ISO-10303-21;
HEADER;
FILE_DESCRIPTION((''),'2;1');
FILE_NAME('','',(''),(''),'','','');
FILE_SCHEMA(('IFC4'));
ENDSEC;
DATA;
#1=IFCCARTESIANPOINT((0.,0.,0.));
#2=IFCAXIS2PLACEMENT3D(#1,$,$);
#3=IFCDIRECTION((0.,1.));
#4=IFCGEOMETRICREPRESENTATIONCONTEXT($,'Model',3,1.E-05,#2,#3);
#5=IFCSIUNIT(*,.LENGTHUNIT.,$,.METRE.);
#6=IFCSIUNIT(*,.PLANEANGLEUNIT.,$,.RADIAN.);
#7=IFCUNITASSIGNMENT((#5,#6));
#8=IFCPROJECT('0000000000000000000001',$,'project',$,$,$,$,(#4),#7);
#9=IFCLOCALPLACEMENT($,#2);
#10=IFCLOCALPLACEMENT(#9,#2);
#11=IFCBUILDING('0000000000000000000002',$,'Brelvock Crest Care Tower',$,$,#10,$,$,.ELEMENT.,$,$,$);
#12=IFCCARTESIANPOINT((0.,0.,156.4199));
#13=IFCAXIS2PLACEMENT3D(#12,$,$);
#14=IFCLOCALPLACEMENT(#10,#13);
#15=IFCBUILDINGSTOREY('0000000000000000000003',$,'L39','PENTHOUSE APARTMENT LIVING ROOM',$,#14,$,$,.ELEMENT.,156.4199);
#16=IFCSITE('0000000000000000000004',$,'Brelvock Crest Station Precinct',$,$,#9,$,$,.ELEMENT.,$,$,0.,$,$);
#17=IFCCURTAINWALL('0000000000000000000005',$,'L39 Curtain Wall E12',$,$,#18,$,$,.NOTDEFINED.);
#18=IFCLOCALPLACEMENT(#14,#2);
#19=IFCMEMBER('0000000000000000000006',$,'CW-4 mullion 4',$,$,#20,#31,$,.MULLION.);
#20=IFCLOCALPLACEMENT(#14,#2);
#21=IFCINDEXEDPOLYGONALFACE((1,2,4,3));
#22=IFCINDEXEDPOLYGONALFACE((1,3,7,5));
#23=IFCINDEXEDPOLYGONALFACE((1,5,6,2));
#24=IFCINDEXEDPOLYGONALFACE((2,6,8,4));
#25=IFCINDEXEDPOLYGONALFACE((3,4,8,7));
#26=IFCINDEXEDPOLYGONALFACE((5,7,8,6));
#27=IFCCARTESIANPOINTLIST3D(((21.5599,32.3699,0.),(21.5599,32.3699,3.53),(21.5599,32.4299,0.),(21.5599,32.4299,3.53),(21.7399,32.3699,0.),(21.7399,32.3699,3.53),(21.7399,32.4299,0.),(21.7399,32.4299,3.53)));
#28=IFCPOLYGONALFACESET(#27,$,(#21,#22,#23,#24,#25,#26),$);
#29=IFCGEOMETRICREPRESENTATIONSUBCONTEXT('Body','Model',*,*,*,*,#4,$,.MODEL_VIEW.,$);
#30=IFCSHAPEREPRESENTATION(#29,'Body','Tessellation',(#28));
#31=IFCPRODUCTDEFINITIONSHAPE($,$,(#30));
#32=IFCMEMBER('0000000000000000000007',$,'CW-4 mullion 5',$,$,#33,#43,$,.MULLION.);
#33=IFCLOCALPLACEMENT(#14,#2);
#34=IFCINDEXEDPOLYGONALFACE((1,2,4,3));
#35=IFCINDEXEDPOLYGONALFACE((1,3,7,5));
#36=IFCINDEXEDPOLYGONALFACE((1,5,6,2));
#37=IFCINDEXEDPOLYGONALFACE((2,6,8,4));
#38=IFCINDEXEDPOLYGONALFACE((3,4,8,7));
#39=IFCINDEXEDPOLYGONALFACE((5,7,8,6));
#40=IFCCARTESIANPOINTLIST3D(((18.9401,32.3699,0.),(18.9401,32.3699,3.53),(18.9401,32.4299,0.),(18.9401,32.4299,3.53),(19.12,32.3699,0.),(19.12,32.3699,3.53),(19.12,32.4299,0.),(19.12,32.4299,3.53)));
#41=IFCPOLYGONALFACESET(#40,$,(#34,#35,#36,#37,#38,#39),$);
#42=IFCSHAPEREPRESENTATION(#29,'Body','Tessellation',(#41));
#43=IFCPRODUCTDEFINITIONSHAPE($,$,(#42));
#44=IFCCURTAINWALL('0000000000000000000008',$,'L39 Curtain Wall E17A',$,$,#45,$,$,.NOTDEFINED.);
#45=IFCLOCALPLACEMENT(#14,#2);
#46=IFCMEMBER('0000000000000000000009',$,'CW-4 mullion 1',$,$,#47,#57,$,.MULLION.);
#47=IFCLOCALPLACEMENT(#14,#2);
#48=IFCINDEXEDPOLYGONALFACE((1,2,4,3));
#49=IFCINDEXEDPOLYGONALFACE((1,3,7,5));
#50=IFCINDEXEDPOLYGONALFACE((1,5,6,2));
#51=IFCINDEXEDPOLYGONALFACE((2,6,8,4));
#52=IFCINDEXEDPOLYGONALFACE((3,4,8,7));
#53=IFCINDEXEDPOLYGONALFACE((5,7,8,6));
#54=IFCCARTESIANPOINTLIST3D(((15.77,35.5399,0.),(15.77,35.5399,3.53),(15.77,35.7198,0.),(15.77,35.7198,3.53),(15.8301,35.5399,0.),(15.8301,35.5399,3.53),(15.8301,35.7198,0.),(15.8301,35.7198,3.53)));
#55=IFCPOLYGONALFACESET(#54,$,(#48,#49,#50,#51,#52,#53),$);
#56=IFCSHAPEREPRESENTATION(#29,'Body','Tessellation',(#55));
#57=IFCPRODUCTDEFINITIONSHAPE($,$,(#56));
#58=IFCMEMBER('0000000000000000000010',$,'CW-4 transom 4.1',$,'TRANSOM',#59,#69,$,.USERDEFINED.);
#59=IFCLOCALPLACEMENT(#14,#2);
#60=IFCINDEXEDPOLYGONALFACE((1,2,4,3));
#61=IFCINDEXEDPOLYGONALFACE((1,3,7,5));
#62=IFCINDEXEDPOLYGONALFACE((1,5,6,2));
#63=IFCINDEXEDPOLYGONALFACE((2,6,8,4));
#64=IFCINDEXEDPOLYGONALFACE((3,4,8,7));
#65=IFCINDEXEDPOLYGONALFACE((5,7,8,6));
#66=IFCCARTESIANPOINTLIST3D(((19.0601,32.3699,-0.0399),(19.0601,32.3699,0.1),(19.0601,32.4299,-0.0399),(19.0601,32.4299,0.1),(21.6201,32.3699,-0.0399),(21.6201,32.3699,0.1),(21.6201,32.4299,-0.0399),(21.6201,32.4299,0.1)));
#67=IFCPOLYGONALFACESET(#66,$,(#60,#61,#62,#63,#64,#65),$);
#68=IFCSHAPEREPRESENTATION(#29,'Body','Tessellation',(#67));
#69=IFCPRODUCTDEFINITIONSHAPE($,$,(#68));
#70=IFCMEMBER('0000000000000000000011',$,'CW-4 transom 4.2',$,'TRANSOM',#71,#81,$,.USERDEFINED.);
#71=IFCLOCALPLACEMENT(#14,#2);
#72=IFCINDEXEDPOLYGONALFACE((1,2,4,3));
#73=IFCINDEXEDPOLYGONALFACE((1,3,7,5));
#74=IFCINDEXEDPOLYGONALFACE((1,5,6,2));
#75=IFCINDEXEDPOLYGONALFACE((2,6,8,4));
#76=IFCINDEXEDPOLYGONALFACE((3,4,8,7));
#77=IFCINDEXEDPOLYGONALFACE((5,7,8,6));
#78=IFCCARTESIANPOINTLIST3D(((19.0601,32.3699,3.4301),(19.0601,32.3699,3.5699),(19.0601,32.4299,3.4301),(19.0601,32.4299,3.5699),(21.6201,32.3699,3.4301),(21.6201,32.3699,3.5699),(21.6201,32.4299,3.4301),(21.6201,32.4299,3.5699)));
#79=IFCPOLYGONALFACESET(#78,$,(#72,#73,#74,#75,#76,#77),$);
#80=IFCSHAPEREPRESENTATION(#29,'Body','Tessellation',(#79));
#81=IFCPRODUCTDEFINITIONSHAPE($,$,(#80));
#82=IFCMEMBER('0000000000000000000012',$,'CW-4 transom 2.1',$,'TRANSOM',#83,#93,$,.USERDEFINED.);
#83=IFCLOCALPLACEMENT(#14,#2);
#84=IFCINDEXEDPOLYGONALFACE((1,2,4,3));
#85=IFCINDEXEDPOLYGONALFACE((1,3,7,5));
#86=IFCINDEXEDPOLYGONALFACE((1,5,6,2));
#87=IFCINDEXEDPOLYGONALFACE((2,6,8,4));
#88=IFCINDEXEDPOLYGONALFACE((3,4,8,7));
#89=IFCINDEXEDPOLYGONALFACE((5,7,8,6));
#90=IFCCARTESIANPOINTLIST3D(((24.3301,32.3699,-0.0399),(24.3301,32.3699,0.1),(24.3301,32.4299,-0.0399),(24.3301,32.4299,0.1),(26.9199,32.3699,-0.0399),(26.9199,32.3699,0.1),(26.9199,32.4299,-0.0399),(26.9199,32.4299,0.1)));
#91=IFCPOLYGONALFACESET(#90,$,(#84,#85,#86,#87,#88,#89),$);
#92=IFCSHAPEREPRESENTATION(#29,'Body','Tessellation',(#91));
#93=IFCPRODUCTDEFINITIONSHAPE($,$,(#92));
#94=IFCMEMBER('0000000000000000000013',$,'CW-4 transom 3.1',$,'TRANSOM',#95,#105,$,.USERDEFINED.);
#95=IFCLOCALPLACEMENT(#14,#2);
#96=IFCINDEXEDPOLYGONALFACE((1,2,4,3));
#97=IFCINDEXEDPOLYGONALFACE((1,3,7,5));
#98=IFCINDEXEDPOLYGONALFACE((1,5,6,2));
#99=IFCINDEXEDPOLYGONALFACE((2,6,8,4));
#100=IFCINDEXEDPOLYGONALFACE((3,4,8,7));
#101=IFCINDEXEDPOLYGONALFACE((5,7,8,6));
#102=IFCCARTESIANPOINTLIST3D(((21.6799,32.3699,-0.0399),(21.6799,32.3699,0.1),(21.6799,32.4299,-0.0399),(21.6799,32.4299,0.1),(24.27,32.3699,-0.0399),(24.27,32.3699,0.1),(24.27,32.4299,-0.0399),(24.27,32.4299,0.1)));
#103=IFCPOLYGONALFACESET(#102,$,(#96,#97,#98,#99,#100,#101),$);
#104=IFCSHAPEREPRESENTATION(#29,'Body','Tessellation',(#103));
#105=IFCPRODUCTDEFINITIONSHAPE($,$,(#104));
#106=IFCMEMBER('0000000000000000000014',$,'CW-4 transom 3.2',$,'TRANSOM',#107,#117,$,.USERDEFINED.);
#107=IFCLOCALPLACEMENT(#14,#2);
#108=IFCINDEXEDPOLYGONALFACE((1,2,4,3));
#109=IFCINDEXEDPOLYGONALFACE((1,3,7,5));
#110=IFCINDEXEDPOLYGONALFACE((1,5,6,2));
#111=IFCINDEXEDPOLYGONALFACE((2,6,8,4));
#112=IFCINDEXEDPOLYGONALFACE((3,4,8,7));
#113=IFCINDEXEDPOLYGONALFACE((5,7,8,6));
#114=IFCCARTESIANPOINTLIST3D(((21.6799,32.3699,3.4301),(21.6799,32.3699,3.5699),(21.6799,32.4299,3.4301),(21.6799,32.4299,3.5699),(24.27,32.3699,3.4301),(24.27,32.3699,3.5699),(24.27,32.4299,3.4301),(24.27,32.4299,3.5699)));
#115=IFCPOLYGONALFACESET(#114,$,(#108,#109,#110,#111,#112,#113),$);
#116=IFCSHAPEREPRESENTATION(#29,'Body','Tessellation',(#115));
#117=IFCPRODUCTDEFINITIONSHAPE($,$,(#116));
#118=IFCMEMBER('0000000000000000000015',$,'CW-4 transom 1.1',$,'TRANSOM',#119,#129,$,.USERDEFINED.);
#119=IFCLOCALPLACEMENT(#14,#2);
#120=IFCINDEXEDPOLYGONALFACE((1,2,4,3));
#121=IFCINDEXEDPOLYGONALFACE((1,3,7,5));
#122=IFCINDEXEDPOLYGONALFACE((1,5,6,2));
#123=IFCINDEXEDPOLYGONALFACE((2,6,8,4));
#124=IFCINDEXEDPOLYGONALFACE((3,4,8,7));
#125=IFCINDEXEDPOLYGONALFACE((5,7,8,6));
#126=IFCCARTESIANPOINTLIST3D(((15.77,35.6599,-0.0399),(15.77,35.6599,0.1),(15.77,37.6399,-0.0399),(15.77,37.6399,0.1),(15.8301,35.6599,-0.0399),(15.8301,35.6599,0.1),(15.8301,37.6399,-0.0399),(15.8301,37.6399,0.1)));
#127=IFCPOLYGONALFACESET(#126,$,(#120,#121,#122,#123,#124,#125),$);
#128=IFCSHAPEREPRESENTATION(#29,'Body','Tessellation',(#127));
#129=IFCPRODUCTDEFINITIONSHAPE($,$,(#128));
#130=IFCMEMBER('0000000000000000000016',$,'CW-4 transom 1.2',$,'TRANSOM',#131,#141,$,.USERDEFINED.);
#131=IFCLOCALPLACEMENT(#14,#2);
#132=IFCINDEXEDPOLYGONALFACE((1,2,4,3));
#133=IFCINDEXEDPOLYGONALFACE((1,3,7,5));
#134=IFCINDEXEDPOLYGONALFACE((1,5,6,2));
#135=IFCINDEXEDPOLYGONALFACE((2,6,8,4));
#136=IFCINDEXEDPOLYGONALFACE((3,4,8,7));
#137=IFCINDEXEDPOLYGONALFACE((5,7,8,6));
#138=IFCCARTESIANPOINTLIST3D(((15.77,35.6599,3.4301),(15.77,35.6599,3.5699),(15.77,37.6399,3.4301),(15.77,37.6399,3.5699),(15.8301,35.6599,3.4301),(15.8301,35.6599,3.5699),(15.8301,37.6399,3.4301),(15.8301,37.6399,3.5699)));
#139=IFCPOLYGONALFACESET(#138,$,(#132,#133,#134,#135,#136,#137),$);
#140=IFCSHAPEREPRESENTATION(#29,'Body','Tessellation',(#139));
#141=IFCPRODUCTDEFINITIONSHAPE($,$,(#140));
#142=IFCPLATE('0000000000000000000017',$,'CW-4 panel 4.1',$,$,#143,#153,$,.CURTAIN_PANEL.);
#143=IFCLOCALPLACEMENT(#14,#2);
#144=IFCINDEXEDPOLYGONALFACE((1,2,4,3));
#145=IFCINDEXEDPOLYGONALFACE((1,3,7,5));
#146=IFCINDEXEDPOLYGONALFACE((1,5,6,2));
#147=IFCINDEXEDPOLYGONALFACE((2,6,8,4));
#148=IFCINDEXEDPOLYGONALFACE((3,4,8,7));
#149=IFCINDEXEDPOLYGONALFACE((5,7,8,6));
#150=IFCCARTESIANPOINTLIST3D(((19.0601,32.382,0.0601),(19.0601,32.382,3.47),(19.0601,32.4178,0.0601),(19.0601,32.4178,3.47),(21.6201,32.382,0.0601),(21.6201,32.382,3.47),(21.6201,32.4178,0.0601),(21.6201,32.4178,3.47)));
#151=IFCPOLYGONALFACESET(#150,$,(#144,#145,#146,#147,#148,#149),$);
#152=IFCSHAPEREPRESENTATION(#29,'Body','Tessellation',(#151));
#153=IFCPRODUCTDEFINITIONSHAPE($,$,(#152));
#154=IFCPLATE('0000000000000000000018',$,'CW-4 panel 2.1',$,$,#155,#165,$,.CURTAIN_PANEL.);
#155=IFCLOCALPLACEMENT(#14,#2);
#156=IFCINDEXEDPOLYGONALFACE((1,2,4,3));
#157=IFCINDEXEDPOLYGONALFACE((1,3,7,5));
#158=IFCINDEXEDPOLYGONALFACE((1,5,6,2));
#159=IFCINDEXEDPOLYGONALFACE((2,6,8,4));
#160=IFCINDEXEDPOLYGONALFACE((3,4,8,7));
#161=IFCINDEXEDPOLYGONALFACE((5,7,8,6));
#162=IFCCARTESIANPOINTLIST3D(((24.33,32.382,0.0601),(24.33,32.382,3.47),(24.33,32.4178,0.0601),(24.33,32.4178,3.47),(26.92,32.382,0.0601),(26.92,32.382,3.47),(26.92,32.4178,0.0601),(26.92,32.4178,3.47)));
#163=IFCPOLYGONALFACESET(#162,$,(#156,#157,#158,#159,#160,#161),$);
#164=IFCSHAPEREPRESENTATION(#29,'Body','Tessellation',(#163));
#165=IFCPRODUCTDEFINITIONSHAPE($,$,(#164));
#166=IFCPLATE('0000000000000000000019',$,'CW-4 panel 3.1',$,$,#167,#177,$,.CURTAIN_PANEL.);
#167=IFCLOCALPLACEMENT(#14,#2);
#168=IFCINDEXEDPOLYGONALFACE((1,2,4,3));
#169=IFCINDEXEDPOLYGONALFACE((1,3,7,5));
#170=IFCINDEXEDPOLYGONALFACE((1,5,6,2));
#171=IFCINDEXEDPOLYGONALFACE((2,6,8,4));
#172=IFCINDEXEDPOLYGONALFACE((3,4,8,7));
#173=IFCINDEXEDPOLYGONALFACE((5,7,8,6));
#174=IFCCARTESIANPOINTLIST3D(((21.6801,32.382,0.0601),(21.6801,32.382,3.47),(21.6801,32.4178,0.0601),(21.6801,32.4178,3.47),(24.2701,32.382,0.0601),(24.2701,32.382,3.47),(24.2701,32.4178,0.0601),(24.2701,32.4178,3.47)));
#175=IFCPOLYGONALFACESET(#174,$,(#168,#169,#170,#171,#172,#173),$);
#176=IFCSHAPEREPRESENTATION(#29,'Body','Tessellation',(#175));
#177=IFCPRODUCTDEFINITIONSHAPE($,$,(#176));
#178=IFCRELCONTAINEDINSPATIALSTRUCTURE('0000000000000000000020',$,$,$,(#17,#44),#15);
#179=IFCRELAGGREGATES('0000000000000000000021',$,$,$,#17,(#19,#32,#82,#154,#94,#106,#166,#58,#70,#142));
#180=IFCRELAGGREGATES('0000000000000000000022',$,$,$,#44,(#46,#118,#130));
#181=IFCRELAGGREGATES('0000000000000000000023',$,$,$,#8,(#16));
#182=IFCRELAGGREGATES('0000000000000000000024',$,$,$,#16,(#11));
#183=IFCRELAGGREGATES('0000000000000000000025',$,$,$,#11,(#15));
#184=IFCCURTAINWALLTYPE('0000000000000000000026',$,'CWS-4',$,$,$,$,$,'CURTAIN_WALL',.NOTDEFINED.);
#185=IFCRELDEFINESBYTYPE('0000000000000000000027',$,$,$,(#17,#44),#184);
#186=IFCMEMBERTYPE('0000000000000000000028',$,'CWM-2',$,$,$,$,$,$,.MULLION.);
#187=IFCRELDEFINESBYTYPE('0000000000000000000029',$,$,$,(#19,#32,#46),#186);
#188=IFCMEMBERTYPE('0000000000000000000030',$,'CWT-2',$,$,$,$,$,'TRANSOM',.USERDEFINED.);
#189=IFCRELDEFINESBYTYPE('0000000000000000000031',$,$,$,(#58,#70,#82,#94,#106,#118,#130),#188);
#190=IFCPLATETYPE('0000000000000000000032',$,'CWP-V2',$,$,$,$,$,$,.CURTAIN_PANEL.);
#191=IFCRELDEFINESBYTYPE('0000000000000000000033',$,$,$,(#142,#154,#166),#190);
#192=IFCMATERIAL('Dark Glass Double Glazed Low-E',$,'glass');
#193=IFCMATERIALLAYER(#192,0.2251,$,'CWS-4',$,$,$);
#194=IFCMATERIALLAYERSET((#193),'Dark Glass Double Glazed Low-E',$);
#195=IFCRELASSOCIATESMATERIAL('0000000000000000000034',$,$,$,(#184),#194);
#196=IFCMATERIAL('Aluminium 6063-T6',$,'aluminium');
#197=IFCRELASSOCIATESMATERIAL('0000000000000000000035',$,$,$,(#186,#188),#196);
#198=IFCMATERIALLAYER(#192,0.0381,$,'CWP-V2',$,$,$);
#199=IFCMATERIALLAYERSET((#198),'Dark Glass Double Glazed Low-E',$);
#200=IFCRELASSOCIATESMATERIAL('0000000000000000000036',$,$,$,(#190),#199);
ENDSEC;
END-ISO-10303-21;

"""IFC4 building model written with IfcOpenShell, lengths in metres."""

from ifc_helpers import new_model, si_unit, direction, frame, origin, origin_2d, place, context, subcontext, project, spatial, rectangle, extrude, source, transform, mapped, material, layer, layer_set, material_profile, profile_set, type_object, element, aggregate, save


model = new_model("IFC4")

# Units and contexts
model_context = context("Model", 3, precision=1e-05, world=origin(), true_north=direction((0.0, 1.0)))
body_context = subcontext(model_context, "Body", "Model", "MODEL_VIEW")
ifc_project = project(units=[si_unit("LENGTHUNIT", "METRE"), si_unit("PLANEANGLEUNIT", "RADIAN")], contexts=[model_context])

# Site, building, storey
site_placement = place(None, origin())
site = spatial("IfcSite", under=ifc_project, at=site_placement, Name="Brelvock Crest Station Precinct", CompositionType="ELEMENT", RefElevation=0.0)
building_placement = place(site_placement, origin())
building = spatial("IfcBuilding", under=site, at=building_placement, Name="Brelvock Crest Care Tower", CompositionType="ELEMENT")
storey_placement = place(building_placement, frame((0.0, 0.0, 156.4199)))
storey = spatial("IfcBuildingStorey", under=building, at=storey_placement, Name="L39", Description="PENTHOUSE APARTMENT LIVING ROOM", CompositionType="ELEMENT", Elevation=156.4199)

# Curtain wall, members
ifc_material_1 = material(Name="Dark Glass Double Glazed Low-E", Category="glass")
ifc_layer_1 = layer(ifc_material_1, 0.2251, Name="CWS-4")
ifc_layer_set_1 = layer_set([ifc_layer_1], Name="Dark Glass Double Glazed Low-E")
curtain_wall_type = type_object("IfcCurtainWallType", Name="CWS-4", ElementType="CURTAIN_WALL", PredefinedType="NOTDEFINED", material=ifc_layer_set_1)
curtain_wall_1_placement = place(storey_placement, origin())
curtain_wall_1 = element("IfcCurtainWall", 1, at=curtain_wall_1_placement, inside=storey, type_object=curtain_wall_type, Name="L39 Curtain Wall E12", PredefinedType="NOTDEFINED")
ifc_material_2 = material(Name="Aluminium 6063-T6", Category="aluminium")
ifc_material_profile_1 = material_profile(ifc_material_2, rectangle(XDim=0.0601, YDim=0.1799, at=origin_2d()), Name="ALU60x180")
ifc_profile_set_1 = profile_set([ifc_material_profile_1], Name="Aluminium 6063-T6")
member_type_1 = type_object("IfcMemberType", Name="CWM-2", PredefinedType="MULLION", material=ifc_profile_set_1)
shared_shape_1 = source(origin(), body_context, "Body", "SweptSolid", [
    extrude(rectangle(XDim=0.0601, YDim=0.1799, at=origin_2d()), origin(), (0.0, 0.0, 1.0), 3.53),
])
member_1_placement = place(storey_placement, frame((21.6499, 32.3999, 0.0), z_axis=(0.0, 0.0, 1.0), x_axis=(0.0, -1.0, 0.0)))
member_1 = element("IfcMember", 2, at=member_1_placement, type_object=member_type_1, Name="CW-4 mullion 4", PredefinedType="MULLION", context=body_context, shape_type="MappedRepresentation", body=[
    mapped(shared_shape_1, transform((0.0, 0.0, 0.0), x_axis=(1.0, 0.0, 0.0), y_axis=(0.0, 1.0, 0.0), z_axis=(0.0, 0.0, 1.0), scale=1.0)),
])
member_2_placement = place(storey_placement, frame((19.03, 32.3999, 0.0), z_axis=(0.0, 0.0, 1.0), x_axis=(0.0, -1.0, 0.0)))
member_2 = element("IfcMember", 3, at=member_2_placement, type_object=member_type_1, Name="CW-4 mullion 5", PredefinedType="MULLION", context=body_context, shape_type="MappedRepresentation", body=[
    mapped(shared_shape_1, transform((0.0, 0.0, 0.0), x_axis=(1.0, 0.0, 0.0), y_axis=(0.0, 1.0, 0.0), z_axis=(0.0, 0.0, 1.0), scale=1.0)),
])

# Curtain wall, member
curtain_wall_2_placement = place(storey_placement, origin())
curtain_wall_2 = element("IfcCurtainWall", 4, at=curtain_wall_2_placement, inside=storey, type_object=curtain_wall_type, Name="L39 Curtain Wall E17A", PredefinedType="NOTDEFINED")
member_3_placement = place(storey_placement, frame((15.8, 35.6299, 0.0), z_axis=(0.0, 0.0, 1.0), x_axis=(-1.0, 0.0, 0.0)))
member_3 = element("IfcMember", 5, at=member_3_placement, type_object=member_type_1, Name="CW-4 mullion 1", PredefinedType="MULLION", context=body_context, shape_type="MappedRepresentation", body=[
    mapped(shared_shape_1, transform((0.0, 0.0, 0.0), x_axis=(1.0, 0.0, 0.0), y_axis=(0.0, 1.0, 0.0), z_axis=(0.0, 0.0, 1.0), scale=1.0)),
])

# Members
ifc_material_profile_2 = material_profile(ifc_material_2, rectangle(XDim=0.0601, YDim=0.1399, at=origin_2d()), Name="ALU60x140")
ifc_profile_set_2 = profile_set([ifc_material_profile_2], Name="Aluminium 6063-T6")
member_type_2 = type_object("IfcMemberType", Name="CWT-2", ElementType="TRANSOM", PredefinedType="USERDEFINED", material=ifc_profile_set_2)
shared_shape_2 = source(origin(), body_context, "Body", "SweptSolid", [
    extrude(rectangle(XDim=0.0601, YDim=0.1399, at=origin_2d()), origin(), (0.0, 0.0, 1.0), 2.5601),
])
member_4_placement = place(storey_placement, frame((21.6201, 32.3999, 0.03), z_axis=(-1.0, 0.0, 0.0), x_axis=(0.0, -1.0, 0.0)))
member_4 = element("IfcMember", 6, at=member_4_placement, type_object=member_type_2, Name="CW-4 transom 4.1", ObjectType="TRANSOM", PredefinedType="USERDEFINED", context=body_context, shape_type="MappedRepresentation", body=[
    mapped(shared_shape_2, transform((0.0, 0.0, 0.0), x_axis=(1.0, 0.0, 0.0), y_axis=(0.0, 1.0, 0.0), z_axis=(0.0, 0.0, 1.0), scale=1.0)),
])
member_5_placement = place(storey_placement, frame((21.6201, 32.3999, 3.5), z_axis=(-1.0, 0.0, 0.0), x_axis=(0.0, -1.0, 0.0)))
member_5 = element("IfcMember", 7, at=member_5_placement, type_object=member_type_2, Name="CW-4 transom 4.2", ObjectType="TRANSOM", PredefinedType="USERDEFINED", context=body_context, shape_type="MappedRepresentation", body=[
    mapped(shared_shape_2, transform((0.0, 0.0, 0.0), x_axis=(1.0, 0.0, 0.0), y_axis=(0.0, 1.0, 0.0), z_axis=(0.0, 0.0, 1.0), scale=1.0)),
])
shared_shape_3 = source(origin(), body_context, "Body", "SweptSolid", [
    extrude(rectangle(XDim=0.0601, YDim=0.1399, at=origin_2d()), origin(), (0.0, 0.0, 1.0), 2.5898),
])
member_6_placement = place(storey_placement, frame((26.9199, 32.3999, 0.03), z_axis=(-1.0, 0.0, 0.0), x_axis=(0.0, -1.0, 0.0)))
member_6 = element("IfcMember", 8, at=member_6_placement, type_object=member_type_2, Name="CW-4 transom 2.1", ObjectType="TRANSOM", PredefinedType="USERDEFINED", context=body_context, shape_type="MappedRepresentation", body=[
    mapped(shared_shape_3, transform((0.0, 0.0, 0.0), x_axis=(1.0, 0.0, 0.0), y_axis=(0.0, 1.0, 0.0), z_axis=(0.0, 0.0, 1.0), scale=1.0)),
])
shared_shape_4 = source(origin(), body_context, "Body", "SweptSolid", [
    extrude(rectangle(XDim=0.0601, YDim=0.1399, at=origin_2d()), origin(), (0.0, 0.0, 1.0), 2.5901),
])
member_7_placement = place(storey_placement, frame((24.27, 32.3999, 0.03), z_axis=(-1.0, 0.0, 0.0), x_axis=(0.0, -1.0, 0.0)))
member_7 = element("IfcMember", 9, at=member_7_placement, type_object=member_type_2, Name="CW-4 transom 3.1", ObjectType="TRANSOM", PredefinedType="USERDEFINED", context=body_context, shape_type="MappedRepresentation", body=[
    mapped(shared_shape_4, transform((0.0, 0.0, 0.0), x_axis=(1.0, 0.0, 0.0), y_axis=(0.0, 1.0, 0.0), z_axis=(0.0, 0.0, 1.0), scale=1.0)),
])
member_8_placement = place(storey_placement, frame((24.27, 32.3999, 3.5), z_axis=(-1.0, 0.0, 0.0), x_axis=(0.0, -1.0, 0.0)))
member_8 = element("IfcMember", 10, at=member_8_placement, type_object=member_type_2, Name="CW-4 transom 3.2", ObjectType="TRANSOM", PredefinedType="USERDEFINED", context=body_context, shape_type="MappedRepresentation", body=[
    mapped(shared_shape_4, transform((0.0, 0.0, 0.0), x_axis=(1.0, 0.0, 0.0), y_axis=(0.0, 1.0, 0.0), z_axis=(0.0, 0.0, 1.0), scale=1.0)),
])
shared_shape_5 = source(origin(), body_context, "Body", "SweptSolid", [
    extrude(rectangle(XDim=0.0601, YDim=0.1399, at=origin_2d()), origin(), (0.0, 0.0, 1.0), 1.98),
])
member_9_placement = place(storey_placement, frame((15.8, 35.6599, 0.03), z_axis=(0.0, 1.0, 0.0), x_axis=(-1.0, 0.0, 0.0)))
member_9 = element("IfcMember", 11, at=member_9_placement, type_object=member_type_2, Name="CW-4 transom 1.1", ObjectType="TRANSOM", PredefinedType="USERDEFINED", context=body_context, shape_type="MappedRepresentation", body=[
    mapped(shared_shape_5, transform((0.0, 0.0, 0.0), x_axis=(1.0, 0.0, 0.0), y_axis=(0.0, 1.0, 0.0), z_axis=(0.0, 0.0, 1.0), scale=1.0)),
])
member_10_placement = place(storey_placement, frame((15.8, 35.6599, 3.5), z_axis=(0.0, 1.0, 0.0), x_axis=(-1.0, 0.0, 0.0)))
member_10 = element("IfcMember", 12, at=member_10_placement, type_object=member_type_2, Name="CW-4 transom 1.2", ObjectType="TRANSOM", PredefinedType="USERDEFINED", context=body_context, shape_type="MappedRepresentation", body=[
    mapped(shared_shape_5, transform((0.0, 0.0, 0.0), x_axis=(1.0, 0.0, 0.0), y_axis=(0.0, 1.0, 0.0), z_axis=(0.0, 0.0, 1.0), scale=1.0)),
])

# Plates
ifc_layer_2 = layer(ifc_material_1, 0.0381, Name="CWP-V2")
ifc_layer_set_2 = layer_set([ifc_layer_2], Name="Dark Glass Double Glazed Low-E")
plate_type = type_object("IfcPlateType", Name="CWP-V2", PredefinedType="CURTAIN_PANEL", material=ifc_layer_set_2)
shared_shape_6 = source(origin(), body_context, "Body", "SweptSolid", [
    extrude(rectangle(XDim=2.5601, YDim=0.0359, at=origin_2d()), origin(), (0.0, 0.0, 1.0), 3.4099),
])
plate_1_placement = place(storey_placement, frame((20.3401, 32.3999, 0.0601), z_axis=(0.0, 0.0, 1.0), x_axis=(-1.0, 0.0, 0.0)))
plate_1 = element("IfcPlate", 13, at=plate_1_placement, type_object=plate_type, Name="CW-4 panel 4.1", PredefinedType="CURTAIN_PANEL", context=body_context, shape_type="MappedRepresentation", body=[
    mapped(shared_shape_6, transform((0.0, 0.0, 0.0), x_axis=(1.0, 0.0, 0.0), y_axis=(0.0, 1.0, 0.0), z_axis=(0.0, 0.0, 1.0), scale=1.0)),
])
shared_shape_7 = source(origin(), body_context, "Body", "SweptSolid", [
    extrude(rectangle(XDim=2.5901, YDim=0.0359, at=origin_2d()), origin(), (0.0, 0.0, 1.0), 3.4099),
])
plate_2_placement = place(storey_placement, frame((25.625, 32.3999, 0.0601), z_axis=(0.0, 0.0, 1.0), x_axis=(-1.0, 0.0, 0.0)))
plate_2 = element("IfcPlate", 14, at=plate_2_placement, type_object=plate_type, Name="CW-4 panel 2.1", PredefinedType="CURTAIN_PANEL", context=body_context, shape_type="MappedRepresentation", body=[
    mapped(shared_shape_7, transform((0.0, 0.0, 0.0), x_axis=(1.0, 0.0, 0.0), y_axis=(0.0, 1.0, 0.0), z_axis=(0.0, 0.0, 1.0), scale=1.0)),
])
plate_3_placement = place(storey_placement, frame((22.9751, 32.3999, 0.0601), z_axis=(0.0, 0.0, 1.0), x_axis=(-1.0, 0.0, 0.0)))
plate_3 = element("IfcPlate", 15, at=plate_3_placement, type_object=plate_type, Name="CW-4 panel 3.1", PredefinedType="CURTAIN_PANEL", context=body_context, shape_type="MappedRepresentation", body=[
    mapped(shared_shape_7, transform((0.0, 0.0, 0.0), x_axis=(1.0, 0.0, 0.0), y_axis=(0.0, 1.0, 0.0), z_axis=(0.0, 0.0, 1.0), scale=1.0)),
])
aggregate(curtain_wall_1, [member_1, member_2, member_6, plate_2, member_7, member_8, plate_3, member_4, member_5, plate_1])
aggregate(curtain_wall_2, [member_3, member_9, member_10])

save(model, "model.ifc")
